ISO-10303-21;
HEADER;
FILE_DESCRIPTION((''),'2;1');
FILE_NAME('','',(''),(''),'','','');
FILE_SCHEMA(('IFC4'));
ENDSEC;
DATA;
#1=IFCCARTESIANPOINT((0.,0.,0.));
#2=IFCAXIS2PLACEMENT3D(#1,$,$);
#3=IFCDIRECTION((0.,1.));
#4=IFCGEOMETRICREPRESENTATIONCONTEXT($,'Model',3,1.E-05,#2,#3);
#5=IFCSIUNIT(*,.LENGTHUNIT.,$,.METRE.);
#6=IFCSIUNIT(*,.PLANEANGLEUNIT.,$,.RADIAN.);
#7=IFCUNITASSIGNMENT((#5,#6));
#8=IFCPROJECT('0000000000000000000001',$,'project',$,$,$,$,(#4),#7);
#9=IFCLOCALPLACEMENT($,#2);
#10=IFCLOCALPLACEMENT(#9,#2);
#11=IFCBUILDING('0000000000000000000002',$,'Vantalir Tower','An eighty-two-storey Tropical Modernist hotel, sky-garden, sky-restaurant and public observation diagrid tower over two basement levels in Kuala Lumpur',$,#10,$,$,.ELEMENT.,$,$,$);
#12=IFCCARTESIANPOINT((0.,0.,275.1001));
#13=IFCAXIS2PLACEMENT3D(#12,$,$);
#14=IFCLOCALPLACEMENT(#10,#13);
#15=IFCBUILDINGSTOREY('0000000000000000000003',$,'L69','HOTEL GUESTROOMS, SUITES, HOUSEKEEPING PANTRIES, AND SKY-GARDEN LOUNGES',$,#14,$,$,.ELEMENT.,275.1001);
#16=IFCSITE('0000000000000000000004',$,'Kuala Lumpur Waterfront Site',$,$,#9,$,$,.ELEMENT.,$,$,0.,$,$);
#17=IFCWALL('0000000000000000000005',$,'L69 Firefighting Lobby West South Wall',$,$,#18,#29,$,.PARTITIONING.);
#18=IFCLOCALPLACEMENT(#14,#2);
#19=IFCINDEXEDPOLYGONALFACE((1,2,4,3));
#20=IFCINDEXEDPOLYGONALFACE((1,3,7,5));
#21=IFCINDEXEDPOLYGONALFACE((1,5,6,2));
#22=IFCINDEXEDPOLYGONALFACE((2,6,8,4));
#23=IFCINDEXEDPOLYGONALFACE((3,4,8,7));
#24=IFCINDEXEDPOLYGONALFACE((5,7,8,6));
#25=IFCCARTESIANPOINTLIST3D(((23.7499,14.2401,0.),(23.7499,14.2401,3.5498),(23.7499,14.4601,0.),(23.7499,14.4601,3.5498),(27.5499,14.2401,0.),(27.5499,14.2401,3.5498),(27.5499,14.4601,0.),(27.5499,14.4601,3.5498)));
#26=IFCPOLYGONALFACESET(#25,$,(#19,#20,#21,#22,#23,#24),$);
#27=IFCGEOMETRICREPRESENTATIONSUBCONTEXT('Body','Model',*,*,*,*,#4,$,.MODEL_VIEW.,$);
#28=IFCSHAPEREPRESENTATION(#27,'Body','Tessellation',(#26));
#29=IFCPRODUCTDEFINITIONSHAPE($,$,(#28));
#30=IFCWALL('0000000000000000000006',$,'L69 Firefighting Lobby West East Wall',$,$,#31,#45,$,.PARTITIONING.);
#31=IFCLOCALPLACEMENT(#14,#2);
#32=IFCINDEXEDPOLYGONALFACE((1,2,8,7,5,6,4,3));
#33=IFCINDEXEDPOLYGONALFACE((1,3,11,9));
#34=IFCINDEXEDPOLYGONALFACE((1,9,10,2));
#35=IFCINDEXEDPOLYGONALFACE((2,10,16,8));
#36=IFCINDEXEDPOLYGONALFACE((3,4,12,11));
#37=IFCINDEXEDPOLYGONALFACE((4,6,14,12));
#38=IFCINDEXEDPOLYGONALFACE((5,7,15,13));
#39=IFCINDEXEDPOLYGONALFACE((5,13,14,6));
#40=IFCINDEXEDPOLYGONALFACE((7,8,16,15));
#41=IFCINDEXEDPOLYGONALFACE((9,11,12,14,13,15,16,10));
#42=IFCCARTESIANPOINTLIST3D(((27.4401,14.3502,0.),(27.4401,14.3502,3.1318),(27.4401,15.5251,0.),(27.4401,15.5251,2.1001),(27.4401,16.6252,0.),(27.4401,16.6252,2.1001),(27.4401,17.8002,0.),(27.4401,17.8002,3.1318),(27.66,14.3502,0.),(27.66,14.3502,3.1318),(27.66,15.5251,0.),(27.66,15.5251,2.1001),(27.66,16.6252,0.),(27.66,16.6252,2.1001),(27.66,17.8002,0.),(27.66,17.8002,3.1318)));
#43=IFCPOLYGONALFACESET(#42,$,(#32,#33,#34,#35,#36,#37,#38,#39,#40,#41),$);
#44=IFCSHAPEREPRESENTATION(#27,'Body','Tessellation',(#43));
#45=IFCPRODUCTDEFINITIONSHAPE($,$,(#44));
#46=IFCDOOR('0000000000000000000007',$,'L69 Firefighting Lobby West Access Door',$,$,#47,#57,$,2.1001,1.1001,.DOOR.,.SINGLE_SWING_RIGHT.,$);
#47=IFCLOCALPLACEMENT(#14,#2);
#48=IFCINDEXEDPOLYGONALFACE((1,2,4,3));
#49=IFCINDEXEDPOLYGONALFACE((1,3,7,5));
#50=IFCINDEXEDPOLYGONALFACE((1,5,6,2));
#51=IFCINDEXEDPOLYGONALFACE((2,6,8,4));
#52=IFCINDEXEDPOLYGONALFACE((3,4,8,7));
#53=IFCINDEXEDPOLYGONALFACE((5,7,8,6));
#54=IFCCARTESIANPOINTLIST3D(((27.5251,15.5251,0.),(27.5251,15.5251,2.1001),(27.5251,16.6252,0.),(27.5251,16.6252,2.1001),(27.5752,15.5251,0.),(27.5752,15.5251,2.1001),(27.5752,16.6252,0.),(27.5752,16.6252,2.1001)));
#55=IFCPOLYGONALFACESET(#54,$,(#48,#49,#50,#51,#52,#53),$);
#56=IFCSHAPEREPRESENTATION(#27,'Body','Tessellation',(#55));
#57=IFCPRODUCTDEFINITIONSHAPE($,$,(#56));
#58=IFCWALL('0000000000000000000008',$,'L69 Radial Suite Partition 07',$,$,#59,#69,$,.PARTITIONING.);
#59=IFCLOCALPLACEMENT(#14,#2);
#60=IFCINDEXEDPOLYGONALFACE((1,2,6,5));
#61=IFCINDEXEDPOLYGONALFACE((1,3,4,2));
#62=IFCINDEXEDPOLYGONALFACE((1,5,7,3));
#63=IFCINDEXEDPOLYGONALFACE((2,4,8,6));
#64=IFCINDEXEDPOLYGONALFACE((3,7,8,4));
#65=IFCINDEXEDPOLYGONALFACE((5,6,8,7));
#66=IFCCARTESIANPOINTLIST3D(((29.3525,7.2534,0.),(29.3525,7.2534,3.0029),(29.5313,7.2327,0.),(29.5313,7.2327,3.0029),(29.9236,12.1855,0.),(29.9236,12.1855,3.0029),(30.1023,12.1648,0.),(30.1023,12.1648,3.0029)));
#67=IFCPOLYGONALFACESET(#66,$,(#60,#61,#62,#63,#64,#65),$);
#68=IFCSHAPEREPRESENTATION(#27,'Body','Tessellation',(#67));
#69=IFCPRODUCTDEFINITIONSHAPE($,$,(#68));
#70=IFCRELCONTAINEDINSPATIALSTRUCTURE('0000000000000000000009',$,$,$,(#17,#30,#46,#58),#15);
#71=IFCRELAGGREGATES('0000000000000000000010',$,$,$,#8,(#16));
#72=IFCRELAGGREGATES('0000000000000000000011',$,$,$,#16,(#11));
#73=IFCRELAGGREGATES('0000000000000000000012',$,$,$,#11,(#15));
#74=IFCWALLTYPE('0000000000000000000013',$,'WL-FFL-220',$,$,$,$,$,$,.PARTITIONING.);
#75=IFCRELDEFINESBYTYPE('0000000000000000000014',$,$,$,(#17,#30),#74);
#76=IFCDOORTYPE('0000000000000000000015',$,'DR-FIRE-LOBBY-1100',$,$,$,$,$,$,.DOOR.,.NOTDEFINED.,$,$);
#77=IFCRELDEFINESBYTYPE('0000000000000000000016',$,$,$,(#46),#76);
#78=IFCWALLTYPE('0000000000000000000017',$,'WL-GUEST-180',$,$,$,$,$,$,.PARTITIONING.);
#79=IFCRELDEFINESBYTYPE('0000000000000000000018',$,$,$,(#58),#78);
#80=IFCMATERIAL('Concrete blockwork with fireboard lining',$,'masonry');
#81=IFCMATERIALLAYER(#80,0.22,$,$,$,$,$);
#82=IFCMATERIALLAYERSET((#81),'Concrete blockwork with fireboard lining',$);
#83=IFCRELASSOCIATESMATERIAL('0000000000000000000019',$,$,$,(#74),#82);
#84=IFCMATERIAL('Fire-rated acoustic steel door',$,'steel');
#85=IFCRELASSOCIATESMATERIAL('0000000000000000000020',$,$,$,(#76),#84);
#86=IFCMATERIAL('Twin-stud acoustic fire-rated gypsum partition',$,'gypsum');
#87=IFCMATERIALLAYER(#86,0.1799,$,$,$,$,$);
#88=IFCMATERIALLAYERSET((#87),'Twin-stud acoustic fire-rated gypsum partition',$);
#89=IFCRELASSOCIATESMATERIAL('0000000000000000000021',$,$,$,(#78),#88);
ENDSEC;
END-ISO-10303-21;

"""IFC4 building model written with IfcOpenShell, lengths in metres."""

from ifc_helpers import new_model, si_unit, direction, frame, frame_2d, origin, place, context, subcontext, project, spatial, rectangle, extrude, material, layer, layer_set, type_object, element, fill, save


model = new_model("IFC4")

# Units and contexts
model_context = context("Model", 3, precision=1e-05, world=origin(), true_north=direction((0.0, 1.0)))
body_context = subcontext(model_context, "Body", "Model", "MODEL_VIEW")
ifc_project = project(units=[si_unit("LENGTHUNIT", "METRE"), si_unit("PLANEANGLEUNIT", "RADIAN")], contexts=[model_context])

# Site, building, storey
site_placement = place(None, origin())
site = spatial("IfcSite", under=ifc_project, at=site_placement, Name="Kuala Lumpur Waterfront Site", CompositionType="ELEMENT", RefElevation=0.0)
building_placement = place(site_placement, origin())
building = spatial("IfcBuilding", under=site, at=building_placement, Name="Vantalir Tower", Description="An eighty-two-storey Tropical Modernist hotel, sky-garden, sky-restaurant and public observation diagrid tower over two basement levels in Kuala Lumpur", CompositionType="ELEMENT")
storey_placement = place(building_placement, frame((0.0, 0.0, 275.1001)))
storey = spatial("IfcBuildingStorey", under=building, at=storey_placement, Name="L69", Description="HOTEL GUESTROOMS, SUITES, HOUSEKEEPING PANTRIES, AND SKY-GARDEN LOUNGES", CompositionType="ELEMENT", Elevation=275.1001)

# Wall
ifc_material_1 = material(Name="Concrete blockwork with fireboard lining", Category="masonry")
ifc_layer_1 = layer(ifc_material_1, 0.22)
ifc_layer_set_1 = layer_set([ifc_layer_1], Name="Concrete blockwork with fireboard lining")
wall_type_1 = type_object("IfcWallType", Name="WL-FFL-220", PredefinedType="PARTITIONING", material=ifc_layer_set_1)
wall_1_placement = place(storey_placement, frame((23.75, 14.3501, 0.0), z_axis=(0.0, 0.0, 1.0), x_axis=(1.0, 0.0, 0.0)))
element("IfcWall", 1, at=wall_1_placement, inside=storey, type_object=wall_type_1, Name="L69 Firefighting Lobby West South Wall", PredefinedType="PARTITIONING", context=body_context, shape_type="SweptSolid", body=[
    extrude(rectangle(XDim=3.8, YDim=0.22, at=frame_2d((1.8999, 0.0))), origin(), (0.0, 0.0, 1.0), 3.5498),
])

# Wall, opening, door
wall_2_placement = place(storey_placement, frame((27.55, 14.3501, 0.0), z_axis=(0.0, 0.0, 1.0), x_axis=(0.0, 1.0, 0.0)))
wall_2 = element("IfcWall", 2, at=wall_2_placement, inside=storey, type_object=wall_type_1, Name="L69 Firefighting Lobby West East Wall", PredefinedType="PARTITIONING", context=body_context, shape_type="SweptSolid", body=[
    extrude(rectangle(XDim=3.45, YDim=0.22, at=frame_2d((1.7251, 0.0))), origin(), (0.0, 0.0, 1.0), 3.1318),
])
opening_1_placement = place(wall_2_placement, frame((1.175, 0.0, 0.0)))
opening_1 = element("IfcOpeningElement", 3, at=opening_1_placement, cuts=wall_2, PredefinedType="OPENING", context=body_context, shape_type="SweptSolid", body=[
    extrude(rectangle(XDim=1.1001, YDim=2.1001, at=frame_2d((0.55, 1.05))), frame((0.0, 0.1199, 0.0), z_axis=(0.0, -1.0, 0.0), x_axis=(1.0, 0.0, 0.0)), (0.0, 0.0, 1.0), 0.24),
])
ifc_material_2 = material(Name="Fire-rated acoustic steel door", Category="steel")
door_type_1 = type_object("IfcDoorType", Name="DR-FIRE-LOBBY-1100", OperationType="NOTDEFINED", PredefinedType="DOOR", material=ifc_material_2)
door_1_placement = place(opening_1_placement, origin())
door_1 = element("IfcDoor", 4, at=door_1_placement, inside=storey, type_object=door_type_1, Name="L69 Firefighting Lobby West Access Door", OperationType="SINGLE_SWING_RIGHT", OverallHeight=2.1001, OverallWidth=1.1001, PredefinedType="DOOR", context=body_context, shape_type="SweptSolid", body=[
    extrude(rectangle(XDim=1.1001, YDim=2.1001, at=frame_2d((0.55, 1.05))), frame((0.0, 0.0249, 0.0), z_axis=(0.0, -1.0, 0.0), x_axis=(1.0, 0.0, 0.0)), (0.0, 0.0, 1.0), 0.05),
])
fill(opening_1, door_1)

# Wall
ifc_material_3 = material(Name="Twin-stud acoustic fire-rated gypsum partition", Category="gypsum")
ifc_layer_2 = layer(ifc_material_3, 0.1799)
ifc_layer_set_2 = layer_set([ifc_layer_2], Name="Twin-stud acoustic fire-rated gypsum partition")
wall_type_2 = type_object("IfcWallType", Name="WL-GUEST-180", PredefinedType="PARTITIONING", material=ifc_layer_set_2)
wall_3_placement = place(storey_placement, frame((30.0129, 12.175, 0.0), z_axis=(0.0, 0.0, 1.0), x_axis=(-0.115012, -0.993364, 0.0)))
element("IfcWall", 5, at=wall_3_placement, inside=storey, type_object=wall_type_2, Name="L69 Radial Suite Partition 07", PredefinedType="PARTITIONING", context=body_context, shape_type="SweptSolid", body=[
    extrude(rectangle(XDim=4.9651, YDim=0.1799, at=frame_2d((2.4824, 0.0))), origin(), (0.0, 0.0, 1.0), 3.0029),
])

save(model, "model.ifc")
